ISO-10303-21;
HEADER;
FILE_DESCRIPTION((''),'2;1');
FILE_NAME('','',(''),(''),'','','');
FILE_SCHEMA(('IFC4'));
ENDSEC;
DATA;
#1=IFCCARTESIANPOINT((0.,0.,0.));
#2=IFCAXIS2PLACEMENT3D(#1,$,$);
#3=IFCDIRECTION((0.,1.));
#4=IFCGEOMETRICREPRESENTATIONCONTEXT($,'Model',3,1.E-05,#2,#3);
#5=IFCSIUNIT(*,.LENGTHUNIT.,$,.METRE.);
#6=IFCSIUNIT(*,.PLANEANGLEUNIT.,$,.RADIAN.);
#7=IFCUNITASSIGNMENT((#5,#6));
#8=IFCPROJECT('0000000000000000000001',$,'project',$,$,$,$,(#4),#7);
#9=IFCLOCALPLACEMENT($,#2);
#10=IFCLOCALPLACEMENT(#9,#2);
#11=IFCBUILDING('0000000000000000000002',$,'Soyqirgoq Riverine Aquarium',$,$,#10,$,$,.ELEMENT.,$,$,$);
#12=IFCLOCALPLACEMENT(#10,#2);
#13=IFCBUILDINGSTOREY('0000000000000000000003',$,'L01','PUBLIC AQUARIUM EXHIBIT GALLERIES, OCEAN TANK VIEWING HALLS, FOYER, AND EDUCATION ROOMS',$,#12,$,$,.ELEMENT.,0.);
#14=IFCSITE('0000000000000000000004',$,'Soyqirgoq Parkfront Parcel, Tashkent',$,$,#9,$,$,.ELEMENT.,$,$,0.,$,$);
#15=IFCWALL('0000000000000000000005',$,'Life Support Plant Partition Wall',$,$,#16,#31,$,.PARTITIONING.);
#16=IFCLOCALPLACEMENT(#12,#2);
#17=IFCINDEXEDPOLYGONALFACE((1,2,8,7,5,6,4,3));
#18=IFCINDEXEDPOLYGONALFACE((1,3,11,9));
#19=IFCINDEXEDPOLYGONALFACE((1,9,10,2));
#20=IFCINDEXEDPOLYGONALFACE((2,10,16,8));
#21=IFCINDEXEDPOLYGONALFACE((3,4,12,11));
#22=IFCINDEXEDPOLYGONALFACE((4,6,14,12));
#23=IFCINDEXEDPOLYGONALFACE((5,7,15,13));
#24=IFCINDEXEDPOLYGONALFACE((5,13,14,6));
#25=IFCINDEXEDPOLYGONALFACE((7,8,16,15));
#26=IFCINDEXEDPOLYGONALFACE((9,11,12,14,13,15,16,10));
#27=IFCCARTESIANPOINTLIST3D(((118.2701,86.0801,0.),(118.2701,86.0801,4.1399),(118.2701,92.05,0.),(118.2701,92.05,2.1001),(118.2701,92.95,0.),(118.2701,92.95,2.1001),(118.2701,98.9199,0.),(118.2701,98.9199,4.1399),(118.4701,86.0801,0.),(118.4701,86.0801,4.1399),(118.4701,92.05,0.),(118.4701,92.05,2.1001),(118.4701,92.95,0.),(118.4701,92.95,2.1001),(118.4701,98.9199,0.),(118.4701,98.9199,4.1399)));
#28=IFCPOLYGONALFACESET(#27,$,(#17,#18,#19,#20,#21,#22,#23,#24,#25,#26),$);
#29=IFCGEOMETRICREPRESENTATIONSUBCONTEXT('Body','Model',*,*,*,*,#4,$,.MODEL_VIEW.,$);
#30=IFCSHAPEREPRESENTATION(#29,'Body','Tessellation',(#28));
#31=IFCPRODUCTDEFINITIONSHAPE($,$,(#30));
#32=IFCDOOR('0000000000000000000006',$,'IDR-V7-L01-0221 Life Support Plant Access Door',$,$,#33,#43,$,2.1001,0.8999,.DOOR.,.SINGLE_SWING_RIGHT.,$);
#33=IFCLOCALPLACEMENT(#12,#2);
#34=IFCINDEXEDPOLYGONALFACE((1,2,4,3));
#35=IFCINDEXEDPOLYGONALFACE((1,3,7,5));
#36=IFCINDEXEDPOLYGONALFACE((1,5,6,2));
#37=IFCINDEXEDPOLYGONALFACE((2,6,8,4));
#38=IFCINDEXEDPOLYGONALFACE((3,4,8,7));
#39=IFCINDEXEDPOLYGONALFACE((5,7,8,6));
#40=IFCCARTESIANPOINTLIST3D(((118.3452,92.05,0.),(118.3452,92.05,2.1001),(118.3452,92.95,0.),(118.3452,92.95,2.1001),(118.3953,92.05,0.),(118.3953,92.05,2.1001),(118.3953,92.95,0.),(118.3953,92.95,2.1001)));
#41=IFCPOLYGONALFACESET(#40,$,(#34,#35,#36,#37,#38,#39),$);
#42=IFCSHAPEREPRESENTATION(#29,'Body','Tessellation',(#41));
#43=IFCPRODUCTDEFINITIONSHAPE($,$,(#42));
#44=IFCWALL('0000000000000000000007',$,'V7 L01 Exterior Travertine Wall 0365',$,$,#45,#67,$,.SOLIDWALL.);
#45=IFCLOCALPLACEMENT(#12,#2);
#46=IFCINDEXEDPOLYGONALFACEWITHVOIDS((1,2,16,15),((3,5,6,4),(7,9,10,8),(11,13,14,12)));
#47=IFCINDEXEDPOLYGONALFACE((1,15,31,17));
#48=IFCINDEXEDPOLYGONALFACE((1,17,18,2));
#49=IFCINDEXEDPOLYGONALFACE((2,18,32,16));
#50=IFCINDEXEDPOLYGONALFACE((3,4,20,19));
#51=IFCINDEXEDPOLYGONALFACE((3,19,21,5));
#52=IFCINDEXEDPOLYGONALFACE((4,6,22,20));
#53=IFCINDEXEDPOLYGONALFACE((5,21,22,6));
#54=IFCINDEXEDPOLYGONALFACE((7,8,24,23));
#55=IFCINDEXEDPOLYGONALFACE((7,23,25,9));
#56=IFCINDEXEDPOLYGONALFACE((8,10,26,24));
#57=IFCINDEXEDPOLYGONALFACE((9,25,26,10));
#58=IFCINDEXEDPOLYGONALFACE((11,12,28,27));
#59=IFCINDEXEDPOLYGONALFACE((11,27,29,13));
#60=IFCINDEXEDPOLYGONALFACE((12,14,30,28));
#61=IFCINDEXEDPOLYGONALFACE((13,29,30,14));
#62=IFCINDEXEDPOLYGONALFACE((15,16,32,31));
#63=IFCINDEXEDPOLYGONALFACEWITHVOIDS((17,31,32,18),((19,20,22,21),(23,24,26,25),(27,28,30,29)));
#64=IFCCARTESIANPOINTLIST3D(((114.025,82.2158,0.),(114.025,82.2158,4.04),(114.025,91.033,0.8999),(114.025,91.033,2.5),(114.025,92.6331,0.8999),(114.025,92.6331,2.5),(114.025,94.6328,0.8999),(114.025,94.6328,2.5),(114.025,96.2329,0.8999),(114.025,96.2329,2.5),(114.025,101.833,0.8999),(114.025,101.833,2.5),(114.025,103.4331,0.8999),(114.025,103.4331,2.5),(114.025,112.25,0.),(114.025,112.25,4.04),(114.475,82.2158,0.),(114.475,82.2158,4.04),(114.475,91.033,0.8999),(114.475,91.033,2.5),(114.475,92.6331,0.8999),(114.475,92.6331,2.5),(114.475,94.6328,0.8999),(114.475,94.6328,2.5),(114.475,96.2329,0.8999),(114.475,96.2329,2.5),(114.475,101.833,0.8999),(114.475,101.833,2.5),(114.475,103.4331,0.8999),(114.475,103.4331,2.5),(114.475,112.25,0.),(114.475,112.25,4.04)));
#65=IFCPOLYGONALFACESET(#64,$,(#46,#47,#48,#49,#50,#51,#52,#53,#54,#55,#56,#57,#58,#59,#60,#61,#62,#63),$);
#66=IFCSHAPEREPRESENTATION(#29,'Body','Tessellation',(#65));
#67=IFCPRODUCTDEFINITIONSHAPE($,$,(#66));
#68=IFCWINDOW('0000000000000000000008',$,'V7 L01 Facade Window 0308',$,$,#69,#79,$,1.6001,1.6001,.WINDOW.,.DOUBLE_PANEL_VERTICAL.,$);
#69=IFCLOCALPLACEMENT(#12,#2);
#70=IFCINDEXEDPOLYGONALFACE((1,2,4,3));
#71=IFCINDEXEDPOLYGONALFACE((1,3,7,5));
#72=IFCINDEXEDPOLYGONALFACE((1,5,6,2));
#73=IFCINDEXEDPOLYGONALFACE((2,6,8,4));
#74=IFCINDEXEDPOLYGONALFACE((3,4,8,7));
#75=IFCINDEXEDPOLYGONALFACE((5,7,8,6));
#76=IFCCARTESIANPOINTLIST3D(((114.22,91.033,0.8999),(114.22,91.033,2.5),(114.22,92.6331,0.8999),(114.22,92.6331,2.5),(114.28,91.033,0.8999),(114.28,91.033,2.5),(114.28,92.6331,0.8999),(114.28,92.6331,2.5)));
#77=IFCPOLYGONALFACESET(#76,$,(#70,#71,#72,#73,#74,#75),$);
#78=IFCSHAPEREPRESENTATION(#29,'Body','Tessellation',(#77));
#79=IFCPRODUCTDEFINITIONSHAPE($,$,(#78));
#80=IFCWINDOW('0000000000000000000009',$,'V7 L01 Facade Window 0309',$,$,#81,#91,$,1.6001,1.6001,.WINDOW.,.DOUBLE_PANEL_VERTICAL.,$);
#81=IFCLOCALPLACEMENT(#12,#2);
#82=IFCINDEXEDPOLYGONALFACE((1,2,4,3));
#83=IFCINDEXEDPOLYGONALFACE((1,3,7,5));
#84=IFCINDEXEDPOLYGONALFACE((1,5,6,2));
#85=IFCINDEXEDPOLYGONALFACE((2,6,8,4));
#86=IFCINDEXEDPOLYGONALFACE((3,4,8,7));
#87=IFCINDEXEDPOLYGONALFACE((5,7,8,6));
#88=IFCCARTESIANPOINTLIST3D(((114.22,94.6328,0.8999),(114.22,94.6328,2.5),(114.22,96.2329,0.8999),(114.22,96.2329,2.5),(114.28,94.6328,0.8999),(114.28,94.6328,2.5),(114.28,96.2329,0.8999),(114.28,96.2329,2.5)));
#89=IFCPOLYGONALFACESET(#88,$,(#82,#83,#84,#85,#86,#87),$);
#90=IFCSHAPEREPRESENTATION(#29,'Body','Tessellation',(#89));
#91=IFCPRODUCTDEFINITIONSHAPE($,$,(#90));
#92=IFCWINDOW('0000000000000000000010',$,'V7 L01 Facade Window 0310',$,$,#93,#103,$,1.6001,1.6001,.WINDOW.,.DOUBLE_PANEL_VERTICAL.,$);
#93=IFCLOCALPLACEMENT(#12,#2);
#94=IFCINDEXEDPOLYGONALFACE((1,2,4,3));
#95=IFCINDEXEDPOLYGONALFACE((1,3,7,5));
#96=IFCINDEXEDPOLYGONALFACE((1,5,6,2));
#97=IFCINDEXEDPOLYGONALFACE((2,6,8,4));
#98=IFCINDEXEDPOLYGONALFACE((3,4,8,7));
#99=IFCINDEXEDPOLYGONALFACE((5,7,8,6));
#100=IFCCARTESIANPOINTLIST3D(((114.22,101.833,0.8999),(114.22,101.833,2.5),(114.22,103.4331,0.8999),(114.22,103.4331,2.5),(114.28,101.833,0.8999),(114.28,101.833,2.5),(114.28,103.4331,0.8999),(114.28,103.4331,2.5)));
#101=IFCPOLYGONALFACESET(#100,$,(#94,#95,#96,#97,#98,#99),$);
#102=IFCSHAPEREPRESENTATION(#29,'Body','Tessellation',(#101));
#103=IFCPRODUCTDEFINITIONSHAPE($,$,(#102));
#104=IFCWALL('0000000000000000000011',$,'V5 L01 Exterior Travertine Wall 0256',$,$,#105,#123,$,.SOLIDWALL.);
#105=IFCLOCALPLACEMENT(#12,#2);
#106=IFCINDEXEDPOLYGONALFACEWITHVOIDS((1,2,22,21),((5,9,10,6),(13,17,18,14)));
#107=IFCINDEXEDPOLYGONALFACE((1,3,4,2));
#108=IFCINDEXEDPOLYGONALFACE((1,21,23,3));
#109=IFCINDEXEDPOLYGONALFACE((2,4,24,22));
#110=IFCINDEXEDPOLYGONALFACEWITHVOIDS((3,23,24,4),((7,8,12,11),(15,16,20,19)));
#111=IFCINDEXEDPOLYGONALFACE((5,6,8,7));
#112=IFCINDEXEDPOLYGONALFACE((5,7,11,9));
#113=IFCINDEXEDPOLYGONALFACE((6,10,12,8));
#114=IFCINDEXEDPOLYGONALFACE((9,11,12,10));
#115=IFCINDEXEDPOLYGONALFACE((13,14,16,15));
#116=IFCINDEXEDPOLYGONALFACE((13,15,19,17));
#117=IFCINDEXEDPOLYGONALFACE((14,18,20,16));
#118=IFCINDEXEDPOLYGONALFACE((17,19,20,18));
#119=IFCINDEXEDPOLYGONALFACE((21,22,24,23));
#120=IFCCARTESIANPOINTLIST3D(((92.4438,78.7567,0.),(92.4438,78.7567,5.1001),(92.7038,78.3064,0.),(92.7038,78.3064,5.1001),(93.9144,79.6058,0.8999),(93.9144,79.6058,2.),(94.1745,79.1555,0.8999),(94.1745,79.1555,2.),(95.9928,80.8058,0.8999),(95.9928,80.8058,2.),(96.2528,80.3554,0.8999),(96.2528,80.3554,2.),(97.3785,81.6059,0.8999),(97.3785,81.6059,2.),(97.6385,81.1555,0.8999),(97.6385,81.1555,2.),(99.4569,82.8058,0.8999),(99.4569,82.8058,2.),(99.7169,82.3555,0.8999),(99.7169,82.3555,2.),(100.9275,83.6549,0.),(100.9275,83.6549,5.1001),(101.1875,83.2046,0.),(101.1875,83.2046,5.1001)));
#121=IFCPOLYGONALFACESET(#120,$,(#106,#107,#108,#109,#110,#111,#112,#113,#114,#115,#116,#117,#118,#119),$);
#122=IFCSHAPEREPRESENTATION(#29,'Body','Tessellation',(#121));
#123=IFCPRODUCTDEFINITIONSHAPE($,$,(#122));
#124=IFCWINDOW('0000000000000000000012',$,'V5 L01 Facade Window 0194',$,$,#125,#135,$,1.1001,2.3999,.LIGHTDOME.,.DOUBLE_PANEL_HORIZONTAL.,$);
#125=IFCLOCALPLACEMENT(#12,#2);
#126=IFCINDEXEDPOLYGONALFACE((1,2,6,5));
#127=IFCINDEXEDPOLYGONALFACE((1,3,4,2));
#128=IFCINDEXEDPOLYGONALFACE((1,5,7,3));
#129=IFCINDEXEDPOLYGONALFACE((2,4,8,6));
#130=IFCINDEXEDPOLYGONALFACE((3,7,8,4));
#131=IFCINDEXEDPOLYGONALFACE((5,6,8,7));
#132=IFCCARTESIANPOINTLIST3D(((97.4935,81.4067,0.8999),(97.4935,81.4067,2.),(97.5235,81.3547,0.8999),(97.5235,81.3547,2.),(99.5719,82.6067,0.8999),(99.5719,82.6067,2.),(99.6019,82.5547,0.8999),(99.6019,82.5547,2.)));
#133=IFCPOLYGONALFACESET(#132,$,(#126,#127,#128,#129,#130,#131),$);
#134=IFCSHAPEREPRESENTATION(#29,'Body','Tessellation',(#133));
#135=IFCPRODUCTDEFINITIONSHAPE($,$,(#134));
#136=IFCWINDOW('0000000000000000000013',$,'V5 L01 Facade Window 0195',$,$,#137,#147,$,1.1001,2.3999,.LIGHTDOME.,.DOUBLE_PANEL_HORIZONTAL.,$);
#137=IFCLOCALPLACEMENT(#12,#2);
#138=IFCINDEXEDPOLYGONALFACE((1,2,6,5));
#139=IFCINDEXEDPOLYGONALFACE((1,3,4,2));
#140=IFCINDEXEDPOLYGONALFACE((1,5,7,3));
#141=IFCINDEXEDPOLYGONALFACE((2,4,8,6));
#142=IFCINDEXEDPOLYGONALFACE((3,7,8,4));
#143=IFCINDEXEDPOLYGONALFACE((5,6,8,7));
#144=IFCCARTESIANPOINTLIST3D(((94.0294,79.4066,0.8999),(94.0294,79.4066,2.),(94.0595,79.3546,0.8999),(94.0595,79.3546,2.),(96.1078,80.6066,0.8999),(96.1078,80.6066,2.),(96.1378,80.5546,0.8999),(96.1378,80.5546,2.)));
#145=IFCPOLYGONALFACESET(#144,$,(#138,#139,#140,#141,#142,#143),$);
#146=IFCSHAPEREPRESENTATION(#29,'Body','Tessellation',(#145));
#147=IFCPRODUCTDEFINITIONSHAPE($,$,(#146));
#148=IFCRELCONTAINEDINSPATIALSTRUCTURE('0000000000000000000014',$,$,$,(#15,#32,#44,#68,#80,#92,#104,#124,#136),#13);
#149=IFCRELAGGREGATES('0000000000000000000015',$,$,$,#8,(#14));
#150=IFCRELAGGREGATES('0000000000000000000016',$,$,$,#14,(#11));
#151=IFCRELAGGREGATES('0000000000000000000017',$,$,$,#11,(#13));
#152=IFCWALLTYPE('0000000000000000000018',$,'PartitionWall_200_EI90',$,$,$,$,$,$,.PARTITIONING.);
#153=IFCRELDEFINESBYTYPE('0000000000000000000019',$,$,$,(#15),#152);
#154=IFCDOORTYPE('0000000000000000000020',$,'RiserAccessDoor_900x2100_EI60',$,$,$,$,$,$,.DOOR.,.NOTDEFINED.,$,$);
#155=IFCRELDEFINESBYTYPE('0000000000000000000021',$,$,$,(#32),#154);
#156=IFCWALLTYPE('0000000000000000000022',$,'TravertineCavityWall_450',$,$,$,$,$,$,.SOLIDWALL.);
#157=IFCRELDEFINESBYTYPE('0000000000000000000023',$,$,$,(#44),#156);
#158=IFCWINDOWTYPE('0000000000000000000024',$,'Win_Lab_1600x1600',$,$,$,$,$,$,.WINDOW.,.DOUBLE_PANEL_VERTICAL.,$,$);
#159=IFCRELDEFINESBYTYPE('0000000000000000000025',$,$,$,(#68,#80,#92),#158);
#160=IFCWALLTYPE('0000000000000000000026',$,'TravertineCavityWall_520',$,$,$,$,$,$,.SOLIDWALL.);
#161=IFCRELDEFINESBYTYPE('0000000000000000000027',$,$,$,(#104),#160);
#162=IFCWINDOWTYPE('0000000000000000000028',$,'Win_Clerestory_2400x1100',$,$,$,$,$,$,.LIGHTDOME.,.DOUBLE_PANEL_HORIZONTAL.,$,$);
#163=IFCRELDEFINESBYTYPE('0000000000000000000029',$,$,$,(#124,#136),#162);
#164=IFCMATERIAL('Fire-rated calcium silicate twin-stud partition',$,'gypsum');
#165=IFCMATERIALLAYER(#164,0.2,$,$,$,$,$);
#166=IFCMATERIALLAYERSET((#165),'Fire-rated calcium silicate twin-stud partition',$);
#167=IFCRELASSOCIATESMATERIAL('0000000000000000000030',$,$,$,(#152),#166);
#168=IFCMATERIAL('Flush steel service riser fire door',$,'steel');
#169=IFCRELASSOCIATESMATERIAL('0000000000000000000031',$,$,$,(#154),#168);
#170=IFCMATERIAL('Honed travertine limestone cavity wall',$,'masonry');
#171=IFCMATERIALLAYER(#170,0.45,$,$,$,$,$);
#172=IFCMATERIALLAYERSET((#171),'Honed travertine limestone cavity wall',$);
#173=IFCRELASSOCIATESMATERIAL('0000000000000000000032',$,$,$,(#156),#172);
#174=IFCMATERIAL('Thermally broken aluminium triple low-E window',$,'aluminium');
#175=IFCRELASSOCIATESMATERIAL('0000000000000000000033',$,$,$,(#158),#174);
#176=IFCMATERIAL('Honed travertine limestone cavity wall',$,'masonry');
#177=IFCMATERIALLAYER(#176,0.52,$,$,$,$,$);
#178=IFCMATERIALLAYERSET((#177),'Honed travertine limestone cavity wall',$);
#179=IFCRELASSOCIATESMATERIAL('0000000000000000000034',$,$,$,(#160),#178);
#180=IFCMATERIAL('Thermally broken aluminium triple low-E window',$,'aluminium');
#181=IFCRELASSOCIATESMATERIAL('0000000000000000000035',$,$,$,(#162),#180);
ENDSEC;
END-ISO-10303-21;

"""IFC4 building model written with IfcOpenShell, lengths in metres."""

from ifc_helpers import new_model, si_unit, direction, frame, frame_2d, origin, place, context, subcontext, project, spatial, rectangle, extrude, material, layer, layer_set, type_object, element, fill, save


model = new_model("IFC4")

# Units and contexts
model_context = context("Model", 3, precision=1e-05, world=origin(), true_north=direction((0.0, 1.0)))
body_context = subcontext(model_context, "Body", "Model", "MODEL_VIEW")
ifc_project = project(units=[si_unit("LENGTHUNIT", "METRE"), si_unit("PLANEANGLEUNIT", "RADIAN")], contexts=[model_context])

# Site, building, storey
site_placement = place(None, origin())
site = spatial("IfcSite", under=ifc_project, at=site_placement, Name="Soyqirgoq Parkfront Parcel, Tashkent", CompositionType="ELEMENT", RefElevation=0.0)
building_placement = place(site_placement, origin())
building = spatial("IfcBuilding", under=site, at=building_placement, Name="Soyqirgoq Riverine Aquarium", CompositionType="ELEMENT")
storey_placement = place(building_placement, origin())
storey = spatial("IfcBuildingStorey", under=building, at=storey_placement, Name="L01", Description="PUBLIC AQUARIUM EXHIBIT GALLERIES, OCEAN TANK VIEWING HALLS, FOYER, AND EDUCATION ROOMS", CompositionType="ELEMENT", Elevation=0.0)

# Wall, opening, door
ifc_material_1 = material(Name="Fire-rated calcium silicate twin-stud partition", Category="gypsum")
ifc_layer_1 = layer(ifc_material_1, 0.2)
ifc_layer_set_1 = layer_set([ifc_layer_1], Name="Fire-rated calcium silicate twin-stud partition")
wall_type_1 = type_object("IfcWallType", Name="PartitionWall_200_EI90", PredefinedType="PARTITIONING", material=ifc_layer_set_1)
wall_1_placement = place(storey_placement, frame((118.3701, 86.0801, 0.0), z_axis=(0.0, 0.0, 1.0), x_axis=(0.0, 1.0, 0.0)))
wall_1 = element("IfcWall", 1, at=wall_1_placement, inside=storey, type_object=wall_type_1, Name="Life Support Plant Partition Wall", PredefinedType="PARTITIONING", context=body_context, shape_type="SweptSolid", body=[
    extrude(rectangle(XDim=12.8398, YDim=0.2, at=frame_2d((6.4199, 0.0))), origin(), (0.0, 0.0, 1.0), 4.1399),
])
opening_1_placement = place(wall_1_placement, frame((5.97, 0.0, 0.0)))
opening_1 = element("IfcOpeningElement", 2, at=opening_1_placement, cuts=wall_1, PredefinedType="OPENING", context=body_context, shape_type="SweptSolid", body=[
    extrude(rectangle(XDim=0.8999, YDim=2.1001, at=frame_2d((0.45, 1.05))), frame((0.0, 0.1099, 0.0), z_axis=(0.0, -1.0, 0.0), x_axis=(1.0, 0.0, 0.0)), (0.0, 0.0, 1.0), 0.22),
])
ifc_material_2 = material(Name="Flush steel service riser fire door", Category="steel")
door_type = type_object("IfcDoorType", Name="RiserAccessDoor_900x2100_EI60", OperationType="NOTDEFINED", PredefinedType="DOOR", material=ifc_material_2)
door_placement = place(opening_1_placement, origin())
door = element("IfcDoor", 3, at=door_placement, inside=storey, type_object=door_type, Name="IDR-V7-L01-0221 Life Support Plant Access Door", OperationType="SINGLE_SWING_RIGHT", OverallHeight=2.1001, OverallWidth=0.8999, PredefinedType="DOOR", context=body_context, shape_type="SweptSolid", body=[
    extrude(rectangle(XDim=0.8999, YDim=2.1001, at=frame_2d((0.45, 1.05))), frame((0.0, 0.0249, 0.0), z_axis=(0.0, -1.0, 0.0), x_axis=(1.0, 0.0, 0.0)), (0.0, 0.0, 1.0), 0.05),
])
fill(opening_1, door)

# Walls, openings, windows
ifc_material_3 = material(Name="Honed travertine limestone cavity wall", Category="masonry")
ifc_layer_2 = layer(ifc_material_3, 0.45)
ifc_layer_set_2 = layer_set([ifc_layer_2], Name="Honed travertine limestone cavity wall")
wall_type_2 = type_object("IfcWallType", Name="TravertineCavityWall_450", PredefinedType="SOLIDWALL", material=ifc_layer_set_2)
wall_2_placement = place(storey_placement, frame((114.25, 82.2158, 0.0), z_axis=(0.0, 0.0, 1.0), x_axis=(0.0, 1.0, 0.0)))
wall_2 = element("IfcWall", 4, at=wall_2_placement, inside=storey, type_object=wall_type_2, Name="V7 L01 Exterior Travertine Wall 0365", PredefinedType="SOLIDWALL", context=body_context, shape_type="SweptSolid", body=[
    extrude(rectangle(XDim=30.0342, YDim=0.45, at=frame_2d((15.0171, 0.0))), origin(), (0.0, 0.0, 1.0), 4.04),
])
opening_2_placement = place(wall_2_placement, frame((8.8171, 0.0, 0.8999)))
opening_2 = element("IfcOpeningElement", 5, at=opening_2_placement, cuts=wall_2, PredefinedType="OPENING", context=body_context, shape_type="SweptSolid", body=[
    extrude(rectangle(XDim=1.6001, YDim=1.6001, at=frame_2d((0.8, 0.8))), frame((0.0, 0.2349, 0.0), z_axis=(0.0, -1.0, 0.0), x_axis=(1.0, 0.0, 0.0)), (0.0, 0.0, 1.0), 0.47),
])
opening_3_placement = place(wall_2_placement, frame((12.417, 0.0, 0.8999)))
opening_3 = element("IfcOpeningElement", 6, at=opening_3_placement, cuts=wall_2, PredefinedType="OPENING", context=body_context, shape_type="SweptSolid", body=[
    extrude(rectangle(XDim=1.6001, YDim=1.6001, at=frame_2d((0.8, 0.8))), frame((0.0, 0.2349, 0.0), z_axis=(0.0, -1.0, 0.0), x_axis=(1.0, 0.0, 0.0)), (0.0, 0.0, 1.0), 0.47),
])
opening_4_placement = place(wall_2_placement, frame((19.6172, 0.0, 0.8999)))
opening_4 = element("IfcOpeningElement", 7, at=opening_4_placement, cuts=wall_2, PredefinedType="OPENING", context=body_context, shape_type="SweptSolid", body=[
    extrude(rectangle(XDim=1.6001, YDim=1.6001, at=frame_2d((0.8, 0.8))), frame((0.0, 0.2349, 0.0), z_axis=(0.0, -1.0, 0.0), x_axis=(1.0, 0.0, 0.0)), (0.0, 0.0, 1.0), 0.47),
])
ifc_material_4 = material(Name="Thermally broken aluminium triple low-E window", Category="aluminium")
window_type_1 = type_object("IfcWindowType", Name="Win_Lab_1600x1600", PartitioningType="DOUBLE_PANEL_VERTICAL", PredefinedType="WINDOW", material=ifc_material_4)
window_1_placement = place(opening_2_placement, origin())
window_1 = element("IfcWindow", 8, at=window_1_placement, inside=storey, type_object=window_type_1, Name="V7 L01 Facade Window 0308", OverallHeight=1.6001, OverallWidth=1.6001, PartitioningType="DOUBLE_PANEL_VERTICAL", PredefinedType="WINDOW", context=body_context, shape_type="SweptSolid", body=[
    extrude(rectangle(XDim=1.6001, YDim=1.6001, at=frame_2d((0.8, 0.8))), frame((0.0, 0.03, 0.0), z_axis=(0.0, -1.0, 0.0), x_axis=(1.0, 0.0, 0.0)), (0.0, 0.0, 1.0), 0.0601),
])
fill(opening_2, window_1)
window_2_placement = place(opening_3_placement, origin())
window_2 = element("IfcWindow", 9, at=window_2_placement, inside=storey, type_object=window_type_1, Name="V7 L01 Facade Window 0309", OverallHeight=1.6001, OverallWidth=1.6001, PartitioningType="DOUBLE_PANEL_VERTICAL", PredefinedType="WINDOW", context=body_context, shape_type="SweptSolid", body=[
    extrude(rectangle(XDim=1.6001, YDim=1.6001, at=frame_2d((0.8, 0.8))), frame((0.0, 0.03, 0.0), z_axis=(0.0, -1.0, 0.0), x_axis=(1.0, 0.0, 0.0)), (0.0, 0.0, 1.0), 0.0601),
])
fill(opening_3, window_2)
window_3_placement = place(opening_4_placement, origin())
window_3 = element("IfcWindow", 10, at=window_3_placement, inside=storey, type_object=window_type_1, Name="V7 L01 Facade Window 0310", OverallHeight=1.6001, OverallWidth=1.6001, PartitioningType="DOUBLE_PANEL_VERTICAL", PredefinedType="WINDOW", context=body_context, shape_type="SweptSolid", body=[
    extrude(rectangle(XDim=1.6001, YDim=1.6001, at=frame_2d((0.8, 0.8))), frame((0.0, 0.03, 0.0), z_axis=(0.0, -1.0, 0.0), x_axis=(1.0, 0.0, 0.0)), (0.0, 0.0, 1.0), 0.0601),
])
fill(opening_4, window_3)
ifc_material_5 = material(Name="Honed travertine limestone cavity wall", Category="masonry")
ifc_layer_3 = layer(ifc_material_5, 0.52)
ifc_layer_set_3 = layer_set([ifc_layer_3], Name="Honed travertine limestone cavity wall")
wall_type_3 = type_object("IfcWallType", Name="TravertineCavityWall_520", PredefinedType="SOLIDWALL", material=ifc_layer_set_3)
wall_3_placement = place(storey_placement, frame((101.0574, 83.4297, 0.0), z_axis=(0.0, 0.0, 1.0), x_axis=(-0.866018, -0.500012, 0.0)))
wall_3 = element("IfcWall", 11, at=wall_3_placement, inside=storey, type_object=wall_type_3, Name="V5 L01 Exterior Travertine Wall 0256", PredefinedType="SOLIDWALL", context=body_context, shape_type="SweptSolid", body=[
    extrude(rectangle(XDim=9.7961, YDim=0.52, at=frame_2d((4.8979, 0.0))), origin(), (0.0, 0.0, 1.0), 5.1001),
])
opening_5_placement = place(wall_3_placement, frame((1.698, 0.0, 0.8999)))
opening_5 = element("IfcOpeningElement", 12, at=opening_5_placement, cuts=wall_3, PredefinedType="OPENING", context=body_context, shape_type="SweptSolid", body=[
    extrude(rectangle(XDim=2.3999, YDim=1.1001, at=frame_2d((1.2, 0.55))), frame((0.0, 0.27, 0.0), z_axis=(0.0, -1.0, 0.0), x_axis=(1.0, 0.0, 0.0)), (0.0, 0.0, 1.0), 0.54),
])
opening_6_placement = place(wall_3_placement, frame((5.698, 0.0, 0.8999)))
opening_6 = element("IfcOpeningElement", 13, at=opening_6_placement, cuts=wall_3, PredefinedType="OPENING", context=body_context, shape_type="SweptSolid", body=[
    extrude(rectangle(XDim=2.3999, YDim=1.1001, at=frame_2d((1.2, 0.55))), frame((0.0, 0.27, 0.0), z_axis=(0.0, -1.0, 0.0), x_axis=(1.0, 0.0, 0.0)), (0.0, 0.0, 1.0), 0.54),
])
ifc_material_6 = material(Name="Thermally broken aluminium triple low-E window", Category="aluminium")
window_type_2 = type_object("IfcWindowType", Name="Win_Clerestory_2400x1100", PartitioningType="DOUBLE_PANEL_HORIZONTAL", PredefinedType="LIGHTDOME", material=ifc_material_6)
window_4_placement = place(opening_5_placement, origin())
window_4 = element("IfcWindow", 14, at=window_4_placement, inside=storey, type_object=window_type_2, Name="V5 L01 Facade Window 0194", OverallHeight=1.1001, OverallWidth=2.3999, PartitioningType="DOUBLE_PANEL_HORIZONTAL", PredefinedType="LIGHTDOME", context=body_context, shape_type="SweptSolid", body=[
    extrude(rectangle(XDim=2.3999, YDim=1.1001, at=frame_2d((1.2, 0.55))), frame((0.0, 0.03, 0.0), z_axis=(0.0, -1.0, 0.0), x_axis=(1.0, 0.0, 0.0)), (0.0, 0.0, 1.0), 0.0601),
])
fill(opening_5, window_4)
window_5_placement = place(opening_6_placement, origin())
window_5 = element("IfcWindow", 15, at=window_5_placement, inside=storey, type_object=window_type_2, Name="V5 L01 Facade Window 0195", OverallHeight=1.1001, OverallWidth=2.3999, PartitioningType="DOUBLE_PANEL_HORIZONTAL", PredefinedType="LIGHTDOME", context=body_context, shape_type="SweptSolid", body=[
    extrude(rectangle(XDim=2.3999, YDim=1.1001, at=frame_2d((1.2, 0.55))), frame((0.0, 0.03, 0.0), z_axis=(0.0, -1.0, 0.0), x_axis=(1.0, 0.0, 0.0)), (0.0, 0.0, 1.0), 0.0601),
])
fill(opening_6, window_5)

save(model, "model.ifc")
